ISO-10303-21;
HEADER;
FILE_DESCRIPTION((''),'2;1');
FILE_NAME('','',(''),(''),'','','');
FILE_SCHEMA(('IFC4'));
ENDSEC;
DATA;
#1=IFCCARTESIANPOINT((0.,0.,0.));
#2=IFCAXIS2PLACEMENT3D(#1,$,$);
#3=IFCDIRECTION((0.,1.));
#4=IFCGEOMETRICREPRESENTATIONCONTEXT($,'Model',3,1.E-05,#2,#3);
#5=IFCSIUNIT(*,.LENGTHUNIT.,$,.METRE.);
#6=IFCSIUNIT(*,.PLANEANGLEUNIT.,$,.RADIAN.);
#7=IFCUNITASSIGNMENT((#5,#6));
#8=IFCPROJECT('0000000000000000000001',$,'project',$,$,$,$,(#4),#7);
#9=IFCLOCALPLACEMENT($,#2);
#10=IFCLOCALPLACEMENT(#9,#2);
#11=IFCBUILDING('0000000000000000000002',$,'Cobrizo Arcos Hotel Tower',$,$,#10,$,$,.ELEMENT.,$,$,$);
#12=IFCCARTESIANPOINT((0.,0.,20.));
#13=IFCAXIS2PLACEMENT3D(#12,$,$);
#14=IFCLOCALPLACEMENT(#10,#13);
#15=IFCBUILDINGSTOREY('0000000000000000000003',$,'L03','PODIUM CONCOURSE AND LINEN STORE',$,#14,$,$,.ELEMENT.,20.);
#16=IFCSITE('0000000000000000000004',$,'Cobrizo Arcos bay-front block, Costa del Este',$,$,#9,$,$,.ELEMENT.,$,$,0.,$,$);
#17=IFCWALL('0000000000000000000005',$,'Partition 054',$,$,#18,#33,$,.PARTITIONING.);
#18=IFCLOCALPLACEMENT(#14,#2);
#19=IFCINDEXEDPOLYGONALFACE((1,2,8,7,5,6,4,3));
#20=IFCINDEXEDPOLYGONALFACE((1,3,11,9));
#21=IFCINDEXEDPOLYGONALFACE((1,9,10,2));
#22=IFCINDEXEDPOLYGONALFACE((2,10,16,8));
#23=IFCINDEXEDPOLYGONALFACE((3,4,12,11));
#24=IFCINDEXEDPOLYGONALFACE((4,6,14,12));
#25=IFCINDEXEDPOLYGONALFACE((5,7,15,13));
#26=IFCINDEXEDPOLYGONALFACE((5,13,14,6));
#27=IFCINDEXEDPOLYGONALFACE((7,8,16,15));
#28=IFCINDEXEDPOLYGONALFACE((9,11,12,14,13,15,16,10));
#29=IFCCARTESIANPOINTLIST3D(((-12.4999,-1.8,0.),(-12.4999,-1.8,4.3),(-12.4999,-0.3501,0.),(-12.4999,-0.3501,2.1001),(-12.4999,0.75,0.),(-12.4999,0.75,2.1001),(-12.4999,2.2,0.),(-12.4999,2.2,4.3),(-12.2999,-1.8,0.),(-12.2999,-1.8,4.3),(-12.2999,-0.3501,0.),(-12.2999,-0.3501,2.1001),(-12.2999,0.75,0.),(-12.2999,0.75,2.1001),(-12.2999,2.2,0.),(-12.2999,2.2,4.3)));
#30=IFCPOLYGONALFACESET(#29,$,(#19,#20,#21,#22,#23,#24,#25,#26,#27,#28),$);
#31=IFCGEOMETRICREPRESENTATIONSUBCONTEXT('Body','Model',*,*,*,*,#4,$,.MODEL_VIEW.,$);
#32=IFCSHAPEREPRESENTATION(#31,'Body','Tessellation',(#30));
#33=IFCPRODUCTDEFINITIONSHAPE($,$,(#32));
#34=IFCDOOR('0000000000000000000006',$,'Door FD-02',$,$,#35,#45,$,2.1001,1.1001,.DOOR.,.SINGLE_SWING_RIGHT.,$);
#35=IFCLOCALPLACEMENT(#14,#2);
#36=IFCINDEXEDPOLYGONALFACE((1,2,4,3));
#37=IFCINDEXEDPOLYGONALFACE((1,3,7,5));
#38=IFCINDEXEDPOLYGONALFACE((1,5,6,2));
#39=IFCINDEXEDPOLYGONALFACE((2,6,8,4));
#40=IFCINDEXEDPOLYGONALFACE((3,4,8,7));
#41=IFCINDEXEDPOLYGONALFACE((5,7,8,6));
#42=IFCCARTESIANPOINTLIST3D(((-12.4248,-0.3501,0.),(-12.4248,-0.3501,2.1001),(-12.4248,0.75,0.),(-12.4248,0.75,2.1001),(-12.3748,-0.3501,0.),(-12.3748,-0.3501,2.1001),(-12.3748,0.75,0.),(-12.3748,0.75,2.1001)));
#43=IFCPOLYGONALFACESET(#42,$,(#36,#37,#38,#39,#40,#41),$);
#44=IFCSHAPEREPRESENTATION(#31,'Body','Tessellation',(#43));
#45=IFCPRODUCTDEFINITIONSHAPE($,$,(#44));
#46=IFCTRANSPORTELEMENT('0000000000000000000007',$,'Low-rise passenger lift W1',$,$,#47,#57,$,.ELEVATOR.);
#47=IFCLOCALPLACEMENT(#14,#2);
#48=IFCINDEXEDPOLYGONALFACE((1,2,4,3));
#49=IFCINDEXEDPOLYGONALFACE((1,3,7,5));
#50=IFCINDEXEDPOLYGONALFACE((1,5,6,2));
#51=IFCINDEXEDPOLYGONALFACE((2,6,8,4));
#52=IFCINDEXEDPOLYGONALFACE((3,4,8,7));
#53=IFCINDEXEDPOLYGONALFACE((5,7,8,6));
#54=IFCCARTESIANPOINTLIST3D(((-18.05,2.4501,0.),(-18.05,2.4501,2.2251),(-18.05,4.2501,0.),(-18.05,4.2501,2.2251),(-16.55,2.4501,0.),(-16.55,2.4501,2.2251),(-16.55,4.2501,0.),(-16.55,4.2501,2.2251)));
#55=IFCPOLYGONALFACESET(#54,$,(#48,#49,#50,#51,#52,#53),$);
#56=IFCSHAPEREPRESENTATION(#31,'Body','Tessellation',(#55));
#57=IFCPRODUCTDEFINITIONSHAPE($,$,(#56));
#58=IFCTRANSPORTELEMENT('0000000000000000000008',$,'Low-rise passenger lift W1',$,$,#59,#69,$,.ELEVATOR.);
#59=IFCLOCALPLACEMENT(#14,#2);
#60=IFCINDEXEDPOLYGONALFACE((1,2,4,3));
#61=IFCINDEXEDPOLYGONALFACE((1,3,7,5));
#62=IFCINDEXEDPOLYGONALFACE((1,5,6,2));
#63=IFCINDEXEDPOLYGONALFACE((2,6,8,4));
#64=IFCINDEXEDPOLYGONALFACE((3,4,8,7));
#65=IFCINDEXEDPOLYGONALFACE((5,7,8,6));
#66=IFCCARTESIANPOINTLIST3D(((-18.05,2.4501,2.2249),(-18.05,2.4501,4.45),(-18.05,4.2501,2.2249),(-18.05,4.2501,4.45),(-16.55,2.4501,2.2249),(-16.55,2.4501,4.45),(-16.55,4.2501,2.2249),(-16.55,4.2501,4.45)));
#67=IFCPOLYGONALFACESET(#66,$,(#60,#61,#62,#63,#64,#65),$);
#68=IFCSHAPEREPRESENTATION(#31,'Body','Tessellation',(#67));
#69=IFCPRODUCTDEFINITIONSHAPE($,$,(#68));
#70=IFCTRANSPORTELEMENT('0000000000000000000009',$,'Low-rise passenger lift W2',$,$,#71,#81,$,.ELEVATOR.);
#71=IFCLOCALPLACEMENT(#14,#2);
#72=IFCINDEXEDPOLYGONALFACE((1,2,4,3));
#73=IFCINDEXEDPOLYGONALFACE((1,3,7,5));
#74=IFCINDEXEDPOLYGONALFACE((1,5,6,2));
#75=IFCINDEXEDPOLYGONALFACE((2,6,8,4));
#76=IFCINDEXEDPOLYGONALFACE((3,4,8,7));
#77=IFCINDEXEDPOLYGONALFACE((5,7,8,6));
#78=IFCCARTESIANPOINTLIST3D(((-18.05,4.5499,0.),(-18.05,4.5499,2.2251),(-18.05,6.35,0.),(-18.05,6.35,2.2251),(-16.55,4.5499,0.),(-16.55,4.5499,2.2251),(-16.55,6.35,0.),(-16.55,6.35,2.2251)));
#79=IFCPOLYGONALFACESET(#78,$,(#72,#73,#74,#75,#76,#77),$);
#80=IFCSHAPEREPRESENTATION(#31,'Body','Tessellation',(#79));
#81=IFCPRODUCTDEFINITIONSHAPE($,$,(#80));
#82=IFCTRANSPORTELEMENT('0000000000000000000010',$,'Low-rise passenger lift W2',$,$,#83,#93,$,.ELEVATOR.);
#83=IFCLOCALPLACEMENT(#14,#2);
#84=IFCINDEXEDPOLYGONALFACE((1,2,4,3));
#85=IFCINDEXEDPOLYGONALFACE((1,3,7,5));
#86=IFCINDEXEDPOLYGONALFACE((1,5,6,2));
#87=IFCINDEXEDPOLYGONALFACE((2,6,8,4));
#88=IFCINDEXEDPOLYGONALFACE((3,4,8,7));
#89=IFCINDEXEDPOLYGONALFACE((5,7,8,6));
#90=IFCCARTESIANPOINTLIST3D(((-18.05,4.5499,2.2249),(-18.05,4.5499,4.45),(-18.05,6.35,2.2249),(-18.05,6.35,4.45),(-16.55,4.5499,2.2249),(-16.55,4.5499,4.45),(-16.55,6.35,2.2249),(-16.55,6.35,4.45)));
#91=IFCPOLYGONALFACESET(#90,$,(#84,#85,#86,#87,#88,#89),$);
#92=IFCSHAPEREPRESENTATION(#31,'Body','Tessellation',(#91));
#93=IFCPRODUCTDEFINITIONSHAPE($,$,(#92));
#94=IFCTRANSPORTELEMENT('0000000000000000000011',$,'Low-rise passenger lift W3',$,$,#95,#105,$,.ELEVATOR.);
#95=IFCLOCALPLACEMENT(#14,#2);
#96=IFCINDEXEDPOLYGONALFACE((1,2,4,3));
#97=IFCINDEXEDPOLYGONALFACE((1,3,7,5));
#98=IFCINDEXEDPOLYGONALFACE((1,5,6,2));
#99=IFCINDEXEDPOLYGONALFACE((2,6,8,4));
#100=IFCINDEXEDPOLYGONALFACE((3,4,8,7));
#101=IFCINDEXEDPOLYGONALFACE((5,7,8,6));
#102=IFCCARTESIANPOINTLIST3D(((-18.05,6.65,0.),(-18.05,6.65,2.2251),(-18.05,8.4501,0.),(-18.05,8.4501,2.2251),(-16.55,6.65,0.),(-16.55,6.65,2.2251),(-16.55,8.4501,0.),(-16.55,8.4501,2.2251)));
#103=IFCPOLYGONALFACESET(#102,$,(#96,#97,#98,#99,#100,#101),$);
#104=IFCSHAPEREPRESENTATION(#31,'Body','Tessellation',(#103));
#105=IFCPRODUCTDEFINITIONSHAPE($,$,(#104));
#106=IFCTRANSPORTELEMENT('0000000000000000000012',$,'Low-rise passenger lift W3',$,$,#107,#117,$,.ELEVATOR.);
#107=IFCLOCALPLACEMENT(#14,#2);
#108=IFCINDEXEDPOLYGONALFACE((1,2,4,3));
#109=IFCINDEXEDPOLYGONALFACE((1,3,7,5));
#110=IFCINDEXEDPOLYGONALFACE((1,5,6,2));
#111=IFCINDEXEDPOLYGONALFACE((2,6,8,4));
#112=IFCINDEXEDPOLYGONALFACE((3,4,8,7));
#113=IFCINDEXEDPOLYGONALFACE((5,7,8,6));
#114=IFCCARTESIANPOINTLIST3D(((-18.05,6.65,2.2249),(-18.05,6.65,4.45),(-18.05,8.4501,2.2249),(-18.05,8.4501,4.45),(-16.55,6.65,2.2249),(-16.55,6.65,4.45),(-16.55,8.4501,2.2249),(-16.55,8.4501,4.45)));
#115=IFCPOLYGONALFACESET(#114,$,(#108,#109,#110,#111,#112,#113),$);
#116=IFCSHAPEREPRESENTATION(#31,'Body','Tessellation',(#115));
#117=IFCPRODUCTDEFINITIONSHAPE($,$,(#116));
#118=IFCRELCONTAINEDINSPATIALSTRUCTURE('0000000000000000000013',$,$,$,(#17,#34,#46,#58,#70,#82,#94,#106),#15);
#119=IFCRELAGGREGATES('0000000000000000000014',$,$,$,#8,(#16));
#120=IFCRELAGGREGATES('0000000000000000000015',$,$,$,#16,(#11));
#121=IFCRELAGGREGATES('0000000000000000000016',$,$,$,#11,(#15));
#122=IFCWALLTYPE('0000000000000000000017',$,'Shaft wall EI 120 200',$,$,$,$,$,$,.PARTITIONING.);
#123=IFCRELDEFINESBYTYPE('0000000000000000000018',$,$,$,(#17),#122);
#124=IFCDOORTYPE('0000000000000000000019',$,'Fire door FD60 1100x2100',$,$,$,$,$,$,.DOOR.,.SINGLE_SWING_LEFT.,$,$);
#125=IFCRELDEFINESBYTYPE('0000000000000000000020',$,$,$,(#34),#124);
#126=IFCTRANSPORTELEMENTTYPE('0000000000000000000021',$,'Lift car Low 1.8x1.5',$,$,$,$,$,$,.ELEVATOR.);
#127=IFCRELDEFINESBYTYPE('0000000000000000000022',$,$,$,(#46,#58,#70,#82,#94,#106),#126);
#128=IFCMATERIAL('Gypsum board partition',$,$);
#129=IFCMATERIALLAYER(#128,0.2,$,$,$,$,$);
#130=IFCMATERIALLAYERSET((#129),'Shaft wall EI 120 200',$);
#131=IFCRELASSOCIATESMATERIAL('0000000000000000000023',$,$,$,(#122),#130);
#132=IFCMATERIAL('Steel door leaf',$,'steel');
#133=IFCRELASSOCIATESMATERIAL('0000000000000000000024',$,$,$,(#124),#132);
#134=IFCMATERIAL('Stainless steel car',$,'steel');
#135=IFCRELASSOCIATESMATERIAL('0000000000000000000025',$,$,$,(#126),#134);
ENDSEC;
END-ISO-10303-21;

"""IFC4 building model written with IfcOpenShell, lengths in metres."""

from ifc_helpers import new_model, si_unit, direction, frame, frame_2d, origin, origin_2d, place, context, subcontext, project, spatial, rectangle, extrude, material, layer, layer_set, type_object, element, fill, save


model = new_model("IFC4")

# Units and contexts
model_context = context("Model", 3, precision=1e-05, world=origin(), true_north=direction((0.0, 1.0)))
body_context = subcontext(model_context, "Body", "Model", "MODEL_VIEW")
ifc_project = project(units=[si_unit("LENGTHUNIT", "METRE"), si_unit("PLANEANGLEUNIT", "RADIAN")], contexts=[model_context])

# Site, building, storey
site_placement = place(None, origin())
site = spatial("IfcSite", under=ifc_project, at=site_placement, Name="Cobrizo Arcos bay-front block, Costa del Este", CompositionType="ELEMENT", RefElevation=0.0)
building_placement = place(site_placement, origin())
building = spatial("IfcBuilding", under=site, at=building_placement, Name="Cobrizo Arcos Hotel Tower", CompositionType="ELEMENT")
storey_placement = place(building_placement, frame((0.0, 0.0, 20.0)))
storey = spatial("IfcBuildingStorey", under=building, at=storey_placement, Name="L03", Description="PODIUM CONCOURSE AND LINEN STORE", CompositionType="ELEMENT", Elevation=20.0)

# Shared definitions
ifc_material_1 = material(Name="Gypsum board partition")
ifc_layer_1 = layer(ifc_material_1, 0.2)
ifc_layer_set_1 = layer_set([ifc_layer_1], Name="Shaft wall EI 120 200")
wall_type_1 = type_object("IfcWallType", Name="Shaft wall EI 120 200", PredefinedType="PARTITIONING", material=ifc_layer_set_1)

# Shared definitions
ifc_material_2 = material(Name="Steel door leaf", Category="steel")
door_type = type_object("IfcDoorType", Name="Fire door FD60 1100x2100", OperationType="SINGLE_SWING_LEFT", PredefinedType="DOOR", material=ifc_material_2)

# Wall, opening, door
wall_1_placement = place(storey_placement, frame((-12.3999, -1.8, 0.0), z_axis=(0.0, 0.0, 1.0), x_axis=(0.0, 1.0, 0.0)))
wall_1 = element("IfcWall", 1, at=wall_1_placement, inside=storey, type_object=wall_type_1, Name="Partition 054", PredefinedType="PARTITIONING", context=body_context, shape_type="SweptSolid", body=[
    extrude(rectangle(XDim=4.0, YDim=0.2, at=frame_2d((2.0, 0.0))), origin(), (0.0, 0.0, 1.0), 4.3),
])
opening_1_placement = place(wall_1_placement, frame((1.45, 0.0, 0.0)))
opening_1 = element("IfcOpeningElement", 2, at=opening_1_placement, cuts=wall_1, PredefinedType="OPENING", context=body_context, shape_type="SweptSolid", body=[
    extrude(rectangle(XDim=1.1001, YDim=2.1001, at=frame_2d((0.55, 1.05))), frame((0.0, 0.1121, 0.0), z_axis=(0.0, -1.0, 0.0), x_axis=(1.0, 0.0, 0.0)), (0.0, 0.0, 1.0), 0.2239),
])
door_1_placement = place(opening_1_placement, origin())
door_1 = element("IfcDoor", 3, at=door_1_placement, inside=storey, type_object=door_type, Name="Door FD-02", OperationType="SINGLE_SWING_RIGHT", OverallHeight=2.1001, OverallWidth=1.1001, PredefinedType="DOOR", context=body_context, shape_type="SweptSolid", body=[
    extrude(rectangle(XDim=1.1001, YDim=2.1001, at=frame_2d((0.55, 1.05))), frame((0.0, 0.0249, 0.0), z_axis=(0.0, -1.0, 0.0), x_axis=(1.0, 0.0, 0.0)), (0.0, 0.0, 1.0), 0.05),
])
fill(opening_1, door_1)

# Transport elements
ifc_material_3 = material(Name="Stainless steel car", Category="steel")
transport_element_type = type_object("IfcTransportElementType", Name="Lift car Low 1.8x1.5", PredefinedType="ELEVATOR", material=ifc_material_3)
for number, where, z_axis, x_axis, name in (
    (4, (-17.3, 3.3501, 0.0), (0.0, 0.0, 1.0), (1.0, 0.0, 0.0), "Low-rise passenger lift W1"),
    (5, (-17.3, 3.3501, 2.2249), (0.0, 0.0, 1.0), (1.0, 0.0, 0.0), "Low-rise passenger lift W1"),
    (6, (-17.3, 5.45, 0.0), (0.0, 0.0, 1.0), (1.0, 0.0, 0.0), "Low-rise passenger lift W2"),
    (7, (-17.3, 5.45, 2.2249), (0.0, 0.0, 1.0), (1.0, 0.0, 0.0), "Low-rise passenger lift W2"),
    (8, (-17.3, 7.55, 0.0), (0.0, 0.0, 1.0), (1.0, 0.0, 0.0), "Low-rise passenger lift W3"),
    (9, (-17.3, 7.55, 2.2249), (0.0, 0.0, 1.0), (1.0, 0.0, 0.0), "Low-rise passenger lift W3"),
):
    element("IfcTransportElement", number, at=place(storey_placement, frame(where, z_axis=z_axis, x_axis=x_axis)), inside=storey, type_object=transport_element_type, Name=name, PredefinedType="ELEVATOR", context=body_context, shape_type="SweptSolid", body=[
        extrude(rectangle(XDim=1.5, YDim=1.8, at=origin_2d()), origin(), (0.0, 0.0, 1.0), 2.2251),
    ])

save(model, "model.ifc")
